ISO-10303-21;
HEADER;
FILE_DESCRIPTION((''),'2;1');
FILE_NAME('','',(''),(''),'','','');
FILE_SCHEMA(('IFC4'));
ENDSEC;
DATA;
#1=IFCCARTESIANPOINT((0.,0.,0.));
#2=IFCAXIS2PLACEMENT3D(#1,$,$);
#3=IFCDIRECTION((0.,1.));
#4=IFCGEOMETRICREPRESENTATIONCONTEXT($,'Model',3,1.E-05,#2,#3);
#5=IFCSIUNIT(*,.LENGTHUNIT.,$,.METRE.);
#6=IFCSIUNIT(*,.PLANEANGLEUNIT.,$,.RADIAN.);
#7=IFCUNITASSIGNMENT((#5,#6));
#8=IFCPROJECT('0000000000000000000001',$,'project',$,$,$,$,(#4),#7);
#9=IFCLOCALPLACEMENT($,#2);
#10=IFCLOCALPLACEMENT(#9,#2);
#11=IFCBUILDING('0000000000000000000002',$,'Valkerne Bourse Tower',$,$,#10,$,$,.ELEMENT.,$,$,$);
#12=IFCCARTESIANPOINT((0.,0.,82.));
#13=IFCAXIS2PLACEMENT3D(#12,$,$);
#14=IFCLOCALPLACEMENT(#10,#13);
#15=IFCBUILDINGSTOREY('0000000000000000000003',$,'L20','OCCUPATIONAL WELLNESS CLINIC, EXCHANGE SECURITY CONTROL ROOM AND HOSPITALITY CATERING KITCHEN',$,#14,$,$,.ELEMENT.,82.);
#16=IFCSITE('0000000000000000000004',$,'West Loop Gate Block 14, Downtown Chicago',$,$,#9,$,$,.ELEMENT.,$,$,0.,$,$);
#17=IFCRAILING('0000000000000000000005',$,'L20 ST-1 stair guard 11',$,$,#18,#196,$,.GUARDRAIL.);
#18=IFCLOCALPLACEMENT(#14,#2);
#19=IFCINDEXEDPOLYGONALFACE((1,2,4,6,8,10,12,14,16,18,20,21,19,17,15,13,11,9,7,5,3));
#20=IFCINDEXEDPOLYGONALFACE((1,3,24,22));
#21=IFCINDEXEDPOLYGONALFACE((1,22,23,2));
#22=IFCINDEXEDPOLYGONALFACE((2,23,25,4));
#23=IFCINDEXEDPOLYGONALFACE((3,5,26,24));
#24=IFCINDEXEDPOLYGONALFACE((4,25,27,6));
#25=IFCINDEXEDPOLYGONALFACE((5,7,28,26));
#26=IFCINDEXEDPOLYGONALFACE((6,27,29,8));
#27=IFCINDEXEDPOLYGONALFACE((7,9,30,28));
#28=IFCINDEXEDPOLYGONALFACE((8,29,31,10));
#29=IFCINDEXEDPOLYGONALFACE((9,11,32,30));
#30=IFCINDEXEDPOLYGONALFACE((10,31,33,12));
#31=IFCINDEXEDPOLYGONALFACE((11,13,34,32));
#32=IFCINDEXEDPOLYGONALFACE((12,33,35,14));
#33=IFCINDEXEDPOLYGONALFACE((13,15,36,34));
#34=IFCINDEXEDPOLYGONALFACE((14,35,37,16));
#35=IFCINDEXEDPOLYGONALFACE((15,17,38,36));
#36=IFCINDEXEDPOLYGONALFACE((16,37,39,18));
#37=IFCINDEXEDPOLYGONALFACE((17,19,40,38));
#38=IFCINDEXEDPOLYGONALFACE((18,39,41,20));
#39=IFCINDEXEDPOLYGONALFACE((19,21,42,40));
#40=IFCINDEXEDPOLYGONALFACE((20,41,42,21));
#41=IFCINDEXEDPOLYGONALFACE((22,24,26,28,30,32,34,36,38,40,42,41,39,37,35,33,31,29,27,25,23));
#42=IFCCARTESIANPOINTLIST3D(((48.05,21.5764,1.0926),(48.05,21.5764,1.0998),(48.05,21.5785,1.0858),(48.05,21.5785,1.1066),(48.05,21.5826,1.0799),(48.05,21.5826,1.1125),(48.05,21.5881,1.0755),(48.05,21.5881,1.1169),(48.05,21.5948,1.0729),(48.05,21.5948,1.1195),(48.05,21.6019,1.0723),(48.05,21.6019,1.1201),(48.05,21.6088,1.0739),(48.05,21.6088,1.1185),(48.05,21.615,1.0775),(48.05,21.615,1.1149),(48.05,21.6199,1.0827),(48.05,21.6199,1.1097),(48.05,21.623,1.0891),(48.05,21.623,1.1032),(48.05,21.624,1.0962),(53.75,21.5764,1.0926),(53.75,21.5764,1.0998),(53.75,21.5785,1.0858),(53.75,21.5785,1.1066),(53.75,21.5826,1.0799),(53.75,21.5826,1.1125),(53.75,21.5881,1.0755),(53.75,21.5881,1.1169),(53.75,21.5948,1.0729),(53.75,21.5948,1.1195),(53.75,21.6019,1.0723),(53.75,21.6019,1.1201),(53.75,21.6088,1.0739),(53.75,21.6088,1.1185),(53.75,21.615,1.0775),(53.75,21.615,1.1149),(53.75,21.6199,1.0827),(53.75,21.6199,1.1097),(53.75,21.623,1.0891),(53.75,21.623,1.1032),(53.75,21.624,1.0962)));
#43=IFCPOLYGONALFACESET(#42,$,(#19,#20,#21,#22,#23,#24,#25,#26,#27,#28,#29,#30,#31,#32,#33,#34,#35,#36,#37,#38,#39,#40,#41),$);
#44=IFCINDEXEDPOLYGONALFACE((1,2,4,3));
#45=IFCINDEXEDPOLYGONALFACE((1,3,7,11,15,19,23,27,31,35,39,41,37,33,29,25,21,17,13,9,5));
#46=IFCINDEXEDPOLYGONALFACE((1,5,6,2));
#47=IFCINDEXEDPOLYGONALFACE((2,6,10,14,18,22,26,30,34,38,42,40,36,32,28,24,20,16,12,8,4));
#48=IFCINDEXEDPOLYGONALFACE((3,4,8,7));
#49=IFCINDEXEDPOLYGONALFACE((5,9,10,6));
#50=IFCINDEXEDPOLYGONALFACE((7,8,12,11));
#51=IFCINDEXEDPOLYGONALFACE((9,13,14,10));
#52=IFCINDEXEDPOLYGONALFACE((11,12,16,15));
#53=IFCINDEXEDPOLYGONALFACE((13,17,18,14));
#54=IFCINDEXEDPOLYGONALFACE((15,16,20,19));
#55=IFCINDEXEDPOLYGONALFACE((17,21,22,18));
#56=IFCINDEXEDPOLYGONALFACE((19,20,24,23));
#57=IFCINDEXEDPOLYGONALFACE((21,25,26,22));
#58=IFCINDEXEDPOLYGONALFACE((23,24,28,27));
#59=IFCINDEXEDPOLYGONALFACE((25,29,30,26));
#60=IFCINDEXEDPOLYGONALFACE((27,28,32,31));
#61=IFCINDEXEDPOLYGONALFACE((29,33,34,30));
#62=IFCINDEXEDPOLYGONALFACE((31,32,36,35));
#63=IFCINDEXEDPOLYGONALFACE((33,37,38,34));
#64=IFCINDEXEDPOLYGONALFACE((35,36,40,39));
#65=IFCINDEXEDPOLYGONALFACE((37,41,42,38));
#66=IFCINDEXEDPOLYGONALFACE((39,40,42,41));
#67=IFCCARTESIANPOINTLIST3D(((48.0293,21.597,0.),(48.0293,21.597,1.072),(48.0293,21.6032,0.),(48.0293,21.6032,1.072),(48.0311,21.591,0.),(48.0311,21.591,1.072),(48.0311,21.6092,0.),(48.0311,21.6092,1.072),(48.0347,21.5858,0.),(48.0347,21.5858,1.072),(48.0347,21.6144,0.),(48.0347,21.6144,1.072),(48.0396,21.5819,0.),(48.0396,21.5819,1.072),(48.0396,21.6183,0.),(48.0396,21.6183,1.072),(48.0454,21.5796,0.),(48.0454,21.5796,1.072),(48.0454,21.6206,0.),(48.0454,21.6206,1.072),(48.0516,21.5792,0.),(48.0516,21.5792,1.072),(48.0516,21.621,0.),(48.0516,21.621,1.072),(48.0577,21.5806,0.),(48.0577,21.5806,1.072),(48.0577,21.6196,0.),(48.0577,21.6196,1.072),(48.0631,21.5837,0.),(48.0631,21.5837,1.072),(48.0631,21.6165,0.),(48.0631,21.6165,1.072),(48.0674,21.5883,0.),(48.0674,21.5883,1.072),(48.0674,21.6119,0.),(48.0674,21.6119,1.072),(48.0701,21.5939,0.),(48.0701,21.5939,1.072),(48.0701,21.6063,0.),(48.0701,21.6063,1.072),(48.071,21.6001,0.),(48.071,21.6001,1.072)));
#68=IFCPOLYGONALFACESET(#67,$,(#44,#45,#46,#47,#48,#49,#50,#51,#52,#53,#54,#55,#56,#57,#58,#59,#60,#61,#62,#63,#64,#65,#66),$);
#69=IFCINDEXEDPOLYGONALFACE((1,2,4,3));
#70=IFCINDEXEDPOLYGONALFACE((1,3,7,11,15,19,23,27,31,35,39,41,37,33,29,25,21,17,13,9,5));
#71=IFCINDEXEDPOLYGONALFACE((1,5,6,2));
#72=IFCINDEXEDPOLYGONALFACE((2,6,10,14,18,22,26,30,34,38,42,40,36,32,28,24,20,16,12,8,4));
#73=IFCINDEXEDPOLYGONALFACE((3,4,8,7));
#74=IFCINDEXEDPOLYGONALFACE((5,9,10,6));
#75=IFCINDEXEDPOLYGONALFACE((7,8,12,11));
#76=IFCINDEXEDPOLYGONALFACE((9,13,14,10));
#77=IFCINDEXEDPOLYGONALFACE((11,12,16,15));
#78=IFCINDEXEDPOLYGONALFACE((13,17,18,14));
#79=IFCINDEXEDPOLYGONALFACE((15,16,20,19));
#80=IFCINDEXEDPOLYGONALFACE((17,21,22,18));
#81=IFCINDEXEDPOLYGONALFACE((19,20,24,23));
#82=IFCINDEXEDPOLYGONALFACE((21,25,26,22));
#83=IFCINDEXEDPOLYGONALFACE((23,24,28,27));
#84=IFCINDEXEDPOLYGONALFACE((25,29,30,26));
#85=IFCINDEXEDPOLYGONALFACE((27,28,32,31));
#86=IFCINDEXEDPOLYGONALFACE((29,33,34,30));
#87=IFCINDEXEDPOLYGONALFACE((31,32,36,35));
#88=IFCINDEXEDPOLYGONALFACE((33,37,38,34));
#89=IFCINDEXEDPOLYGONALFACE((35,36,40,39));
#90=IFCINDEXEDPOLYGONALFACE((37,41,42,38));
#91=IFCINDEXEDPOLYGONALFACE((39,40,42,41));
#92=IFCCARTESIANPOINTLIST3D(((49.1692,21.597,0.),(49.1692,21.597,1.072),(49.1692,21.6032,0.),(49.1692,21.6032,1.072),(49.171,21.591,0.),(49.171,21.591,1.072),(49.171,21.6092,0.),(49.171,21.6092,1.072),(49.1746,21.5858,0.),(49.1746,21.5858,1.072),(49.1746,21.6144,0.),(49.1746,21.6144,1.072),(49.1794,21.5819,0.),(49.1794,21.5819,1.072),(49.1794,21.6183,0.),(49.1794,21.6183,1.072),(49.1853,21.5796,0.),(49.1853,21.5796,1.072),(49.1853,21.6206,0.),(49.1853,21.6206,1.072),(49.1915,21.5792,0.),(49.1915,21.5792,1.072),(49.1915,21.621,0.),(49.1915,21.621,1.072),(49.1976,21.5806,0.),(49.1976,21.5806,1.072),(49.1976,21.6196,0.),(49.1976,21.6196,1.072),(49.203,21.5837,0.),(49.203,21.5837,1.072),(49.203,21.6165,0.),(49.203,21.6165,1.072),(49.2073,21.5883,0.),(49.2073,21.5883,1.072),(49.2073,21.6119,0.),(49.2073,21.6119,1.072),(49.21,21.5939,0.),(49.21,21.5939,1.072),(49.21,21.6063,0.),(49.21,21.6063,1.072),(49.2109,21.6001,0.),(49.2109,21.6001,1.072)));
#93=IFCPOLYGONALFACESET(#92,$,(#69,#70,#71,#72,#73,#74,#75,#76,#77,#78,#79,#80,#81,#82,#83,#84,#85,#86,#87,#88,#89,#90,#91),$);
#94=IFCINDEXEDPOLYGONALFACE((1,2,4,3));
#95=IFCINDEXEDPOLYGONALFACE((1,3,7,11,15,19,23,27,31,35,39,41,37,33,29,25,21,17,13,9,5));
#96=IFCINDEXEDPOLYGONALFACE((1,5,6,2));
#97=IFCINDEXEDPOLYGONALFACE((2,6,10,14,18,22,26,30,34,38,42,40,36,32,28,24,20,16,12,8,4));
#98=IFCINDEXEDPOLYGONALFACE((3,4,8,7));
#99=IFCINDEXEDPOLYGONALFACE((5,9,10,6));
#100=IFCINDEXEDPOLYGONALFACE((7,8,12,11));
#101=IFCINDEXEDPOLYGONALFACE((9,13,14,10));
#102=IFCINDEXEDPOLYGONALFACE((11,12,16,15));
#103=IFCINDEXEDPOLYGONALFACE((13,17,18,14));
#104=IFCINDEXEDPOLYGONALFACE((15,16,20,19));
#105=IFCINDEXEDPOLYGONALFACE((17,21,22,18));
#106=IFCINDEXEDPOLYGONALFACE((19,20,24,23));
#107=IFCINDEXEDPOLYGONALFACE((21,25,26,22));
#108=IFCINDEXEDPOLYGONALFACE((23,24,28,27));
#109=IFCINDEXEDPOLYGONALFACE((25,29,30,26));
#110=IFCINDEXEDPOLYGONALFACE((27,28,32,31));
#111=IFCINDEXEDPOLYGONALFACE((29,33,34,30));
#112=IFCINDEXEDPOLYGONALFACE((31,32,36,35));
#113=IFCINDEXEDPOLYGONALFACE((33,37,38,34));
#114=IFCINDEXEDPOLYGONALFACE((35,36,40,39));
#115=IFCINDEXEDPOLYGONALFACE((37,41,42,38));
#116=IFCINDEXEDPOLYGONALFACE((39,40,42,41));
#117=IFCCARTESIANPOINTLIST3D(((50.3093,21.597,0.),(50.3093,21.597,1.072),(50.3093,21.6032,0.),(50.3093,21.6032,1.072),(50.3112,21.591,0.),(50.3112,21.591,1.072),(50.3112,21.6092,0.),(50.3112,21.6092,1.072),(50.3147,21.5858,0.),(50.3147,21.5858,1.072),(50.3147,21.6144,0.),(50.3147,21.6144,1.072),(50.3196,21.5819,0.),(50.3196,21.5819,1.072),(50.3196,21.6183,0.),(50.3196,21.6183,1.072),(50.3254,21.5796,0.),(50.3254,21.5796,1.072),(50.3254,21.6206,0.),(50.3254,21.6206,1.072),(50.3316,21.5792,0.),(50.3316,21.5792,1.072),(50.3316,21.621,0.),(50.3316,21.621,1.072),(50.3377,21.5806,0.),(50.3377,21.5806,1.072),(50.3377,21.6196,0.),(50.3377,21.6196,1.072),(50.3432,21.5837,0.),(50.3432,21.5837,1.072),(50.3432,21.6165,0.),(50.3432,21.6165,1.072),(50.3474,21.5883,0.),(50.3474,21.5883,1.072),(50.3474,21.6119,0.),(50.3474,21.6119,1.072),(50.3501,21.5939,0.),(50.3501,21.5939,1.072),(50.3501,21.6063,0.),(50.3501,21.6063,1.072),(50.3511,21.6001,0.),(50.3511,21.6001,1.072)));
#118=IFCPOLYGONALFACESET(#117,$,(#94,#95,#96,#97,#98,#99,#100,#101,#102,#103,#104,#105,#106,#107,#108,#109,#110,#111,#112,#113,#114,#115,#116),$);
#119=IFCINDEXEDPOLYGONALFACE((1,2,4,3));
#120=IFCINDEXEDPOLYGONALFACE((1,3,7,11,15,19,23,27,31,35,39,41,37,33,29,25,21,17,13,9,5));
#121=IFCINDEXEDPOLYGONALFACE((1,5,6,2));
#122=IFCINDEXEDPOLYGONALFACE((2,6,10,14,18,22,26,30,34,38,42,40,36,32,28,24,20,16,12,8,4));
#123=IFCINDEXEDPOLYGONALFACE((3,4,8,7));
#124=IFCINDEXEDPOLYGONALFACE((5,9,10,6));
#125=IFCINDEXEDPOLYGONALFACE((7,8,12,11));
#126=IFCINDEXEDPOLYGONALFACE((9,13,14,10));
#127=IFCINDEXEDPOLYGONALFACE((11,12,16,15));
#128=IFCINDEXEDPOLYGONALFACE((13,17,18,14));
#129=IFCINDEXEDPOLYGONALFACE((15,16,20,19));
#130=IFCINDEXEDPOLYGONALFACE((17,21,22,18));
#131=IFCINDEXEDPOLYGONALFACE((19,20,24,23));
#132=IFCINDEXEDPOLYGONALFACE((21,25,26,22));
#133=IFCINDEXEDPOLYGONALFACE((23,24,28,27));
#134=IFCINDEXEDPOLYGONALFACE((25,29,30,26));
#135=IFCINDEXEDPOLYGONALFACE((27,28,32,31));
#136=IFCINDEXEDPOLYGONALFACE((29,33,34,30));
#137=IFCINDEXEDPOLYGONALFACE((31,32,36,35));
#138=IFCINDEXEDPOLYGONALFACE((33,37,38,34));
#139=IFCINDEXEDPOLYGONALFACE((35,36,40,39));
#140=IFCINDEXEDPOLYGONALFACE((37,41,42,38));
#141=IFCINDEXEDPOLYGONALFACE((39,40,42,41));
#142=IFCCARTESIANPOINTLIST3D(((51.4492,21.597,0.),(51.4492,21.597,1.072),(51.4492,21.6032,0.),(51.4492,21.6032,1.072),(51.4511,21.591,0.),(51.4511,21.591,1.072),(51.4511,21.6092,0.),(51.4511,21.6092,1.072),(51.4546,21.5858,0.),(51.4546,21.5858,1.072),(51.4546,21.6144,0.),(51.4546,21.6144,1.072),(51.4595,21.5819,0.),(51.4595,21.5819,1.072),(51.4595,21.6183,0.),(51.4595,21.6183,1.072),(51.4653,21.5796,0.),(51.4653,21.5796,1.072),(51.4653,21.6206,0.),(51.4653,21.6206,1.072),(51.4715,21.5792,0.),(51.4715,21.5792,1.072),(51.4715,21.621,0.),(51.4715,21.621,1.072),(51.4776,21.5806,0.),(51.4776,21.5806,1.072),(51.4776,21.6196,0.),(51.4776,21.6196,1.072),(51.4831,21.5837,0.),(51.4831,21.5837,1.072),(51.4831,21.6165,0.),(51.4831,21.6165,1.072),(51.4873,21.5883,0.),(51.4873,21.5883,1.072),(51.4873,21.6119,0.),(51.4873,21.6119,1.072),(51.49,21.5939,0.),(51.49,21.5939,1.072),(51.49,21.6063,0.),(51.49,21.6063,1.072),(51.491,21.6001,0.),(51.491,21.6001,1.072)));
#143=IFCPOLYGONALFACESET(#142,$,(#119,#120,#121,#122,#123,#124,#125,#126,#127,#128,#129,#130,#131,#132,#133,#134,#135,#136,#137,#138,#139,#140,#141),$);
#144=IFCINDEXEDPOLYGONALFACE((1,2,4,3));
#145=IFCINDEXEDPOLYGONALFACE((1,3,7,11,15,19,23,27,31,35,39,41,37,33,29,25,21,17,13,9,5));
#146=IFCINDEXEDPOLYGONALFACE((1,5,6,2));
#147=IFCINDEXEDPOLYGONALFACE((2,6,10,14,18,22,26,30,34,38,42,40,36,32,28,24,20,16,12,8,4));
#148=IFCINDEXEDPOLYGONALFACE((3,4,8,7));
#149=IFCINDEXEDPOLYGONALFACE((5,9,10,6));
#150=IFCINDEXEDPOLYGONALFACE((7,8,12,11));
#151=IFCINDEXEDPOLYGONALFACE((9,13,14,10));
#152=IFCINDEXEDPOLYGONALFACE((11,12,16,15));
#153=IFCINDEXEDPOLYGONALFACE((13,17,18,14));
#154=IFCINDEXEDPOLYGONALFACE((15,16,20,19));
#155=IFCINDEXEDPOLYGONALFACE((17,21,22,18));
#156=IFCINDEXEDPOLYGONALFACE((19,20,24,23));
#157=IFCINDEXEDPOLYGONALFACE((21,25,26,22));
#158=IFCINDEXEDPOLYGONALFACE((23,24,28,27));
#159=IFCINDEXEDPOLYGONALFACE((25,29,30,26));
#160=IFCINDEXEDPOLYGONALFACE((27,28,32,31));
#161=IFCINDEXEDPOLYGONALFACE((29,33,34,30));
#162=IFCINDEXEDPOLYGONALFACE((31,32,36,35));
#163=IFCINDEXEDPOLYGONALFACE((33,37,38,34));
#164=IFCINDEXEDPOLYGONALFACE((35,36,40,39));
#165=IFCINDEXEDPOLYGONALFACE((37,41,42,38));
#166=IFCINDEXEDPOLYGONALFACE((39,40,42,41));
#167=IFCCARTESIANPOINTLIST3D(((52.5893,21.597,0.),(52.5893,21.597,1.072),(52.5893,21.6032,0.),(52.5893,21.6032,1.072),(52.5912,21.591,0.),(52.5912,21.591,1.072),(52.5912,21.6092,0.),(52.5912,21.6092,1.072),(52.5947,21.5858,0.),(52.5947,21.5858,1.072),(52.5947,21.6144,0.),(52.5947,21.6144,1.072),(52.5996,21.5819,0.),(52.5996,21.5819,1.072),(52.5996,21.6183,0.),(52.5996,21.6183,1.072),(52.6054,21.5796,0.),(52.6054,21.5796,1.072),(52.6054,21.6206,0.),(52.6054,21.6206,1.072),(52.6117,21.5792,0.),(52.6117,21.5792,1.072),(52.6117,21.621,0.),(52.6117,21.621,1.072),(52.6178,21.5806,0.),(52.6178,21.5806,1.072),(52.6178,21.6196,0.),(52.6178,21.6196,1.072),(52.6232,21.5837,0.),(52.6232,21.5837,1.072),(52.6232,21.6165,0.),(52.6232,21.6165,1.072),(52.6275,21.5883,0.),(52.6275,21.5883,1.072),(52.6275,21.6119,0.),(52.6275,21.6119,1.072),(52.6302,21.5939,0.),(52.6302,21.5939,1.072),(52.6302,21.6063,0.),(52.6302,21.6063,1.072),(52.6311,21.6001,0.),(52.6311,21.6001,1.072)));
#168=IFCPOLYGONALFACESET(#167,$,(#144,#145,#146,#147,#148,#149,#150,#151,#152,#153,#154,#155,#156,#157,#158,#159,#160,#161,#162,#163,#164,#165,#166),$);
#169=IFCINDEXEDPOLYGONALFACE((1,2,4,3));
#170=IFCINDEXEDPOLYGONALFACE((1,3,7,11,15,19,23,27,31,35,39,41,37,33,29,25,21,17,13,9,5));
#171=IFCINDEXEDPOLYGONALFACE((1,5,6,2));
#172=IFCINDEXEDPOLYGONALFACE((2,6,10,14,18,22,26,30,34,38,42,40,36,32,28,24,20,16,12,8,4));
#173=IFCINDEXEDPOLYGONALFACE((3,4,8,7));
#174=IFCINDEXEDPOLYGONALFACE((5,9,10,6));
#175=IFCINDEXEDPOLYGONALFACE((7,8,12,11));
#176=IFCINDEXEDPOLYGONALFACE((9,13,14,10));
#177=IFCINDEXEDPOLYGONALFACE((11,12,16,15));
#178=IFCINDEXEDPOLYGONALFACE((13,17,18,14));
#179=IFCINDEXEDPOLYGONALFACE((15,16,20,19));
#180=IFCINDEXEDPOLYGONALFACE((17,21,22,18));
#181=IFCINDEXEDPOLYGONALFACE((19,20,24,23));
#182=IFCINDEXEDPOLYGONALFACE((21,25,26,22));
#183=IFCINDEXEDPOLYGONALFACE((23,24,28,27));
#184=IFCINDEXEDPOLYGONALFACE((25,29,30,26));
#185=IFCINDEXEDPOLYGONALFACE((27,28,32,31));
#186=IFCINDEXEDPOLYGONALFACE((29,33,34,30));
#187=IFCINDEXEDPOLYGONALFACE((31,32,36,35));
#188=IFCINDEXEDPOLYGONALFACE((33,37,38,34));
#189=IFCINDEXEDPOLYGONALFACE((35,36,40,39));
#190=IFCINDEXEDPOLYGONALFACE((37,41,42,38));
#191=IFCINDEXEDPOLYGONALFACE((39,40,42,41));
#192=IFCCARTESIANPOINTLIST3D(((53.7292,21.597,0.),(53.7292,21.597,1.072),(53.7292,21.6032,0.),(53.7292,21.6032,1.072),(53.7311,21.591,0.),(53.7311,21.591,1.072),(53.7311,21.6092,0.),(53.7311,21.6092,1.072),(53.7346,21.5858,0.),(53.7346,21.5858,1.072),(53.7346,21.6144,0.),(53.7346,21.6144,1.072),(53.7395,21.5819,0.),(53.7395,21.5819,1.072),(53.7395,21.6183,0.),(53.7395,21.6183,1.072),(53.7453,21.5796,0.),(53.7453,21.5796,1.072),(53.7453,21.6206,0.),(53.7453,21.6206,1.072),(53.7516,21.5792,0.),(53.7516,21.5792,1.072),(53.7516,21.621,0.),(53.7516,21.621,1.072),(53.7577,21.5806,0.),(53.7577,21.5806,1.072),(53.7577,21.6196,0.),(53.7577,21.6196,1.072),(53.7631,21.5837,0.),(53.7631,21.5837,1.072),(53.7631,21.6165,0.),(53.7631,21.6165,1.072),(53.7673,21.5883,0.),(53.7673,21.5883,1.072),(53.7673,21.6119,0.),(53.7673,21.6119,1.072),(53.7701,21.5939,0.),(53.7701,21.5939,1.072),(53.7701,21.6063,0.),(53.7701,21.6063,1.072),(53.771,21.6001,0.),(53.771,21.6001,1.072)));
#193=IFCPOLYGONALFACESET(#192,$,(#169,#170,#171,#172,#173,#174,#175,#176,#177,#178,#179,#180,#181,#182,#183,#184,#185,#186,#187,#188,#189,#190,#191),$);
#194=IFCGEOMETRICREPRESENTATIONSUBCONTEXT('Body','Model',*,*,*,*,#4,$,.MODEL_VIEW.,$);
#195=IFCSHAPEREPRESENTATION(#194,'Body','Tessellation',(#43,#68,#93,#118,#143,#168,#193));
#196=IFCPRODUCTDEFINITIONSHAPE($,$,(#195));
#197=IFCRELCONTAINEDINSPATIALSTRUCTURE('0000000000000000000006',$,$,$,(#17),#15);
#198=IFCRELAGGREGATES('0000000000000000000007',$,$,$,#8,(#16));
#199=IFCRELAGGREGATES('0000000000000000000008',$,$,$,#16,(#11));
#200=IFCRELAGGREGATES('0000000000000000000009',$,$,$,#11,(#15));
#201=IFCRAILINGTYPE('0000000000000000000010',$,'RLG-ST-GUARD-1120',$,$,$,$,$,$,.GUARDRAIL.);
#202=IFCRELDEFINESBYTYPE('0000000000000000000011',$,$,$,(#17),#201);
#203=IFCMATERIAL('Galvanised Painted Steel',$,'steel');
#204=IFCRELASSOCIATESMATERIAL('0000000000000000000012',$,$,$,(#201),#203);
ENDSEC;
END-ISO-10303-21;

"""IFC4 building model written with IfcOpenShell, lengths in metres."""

from ifc_helpers import new_model, si_unit, direction, frame, origin, origin_2d, place, context, subcontext, project, spatial, circle, extrude, material, type_object, element, save


model = new_model("IFC4")

# Units and contexts
model_context = context("Model", 3, precision=1e-05, world=origin(), true_north=direction((0.0, 1.0)))
body_context = subcontext(model_context, "Body", "Model", "MODEL_VIEW")
ifc_project = project(units=[si_unit("LENGTHUNIT", "METRE"), si_unit("PLANEANGLEUNIT", "RADIAN")], contexts=[model_context])

# Site, building, storey
site_placement = place(None, origin())
site = spatial("IfcSite", under=ifc_project, at=site_placement, Name="West Loop Gate Block 14, Downtown Chicago", CompositionType="ELEMENT", RefElevation=0.0)
building_placement = place(site_placement, origin())
building = spatial("IfcBuilding", under=site, at=building_placement, Name="Valkerne Bourse Tower", CompositionType="ELEMENT")
storey_placement = place(building_placement, frame((0.0, 0.0, 82.0)))
storey = spatial("IfcBuildingStorey", under=building, at=storey_placement, Name="L20", Description="OCCUPATIONAL WELLNESS CLINIC, EXCHANGE SECURITY CONTROL ROOM AND HOSPITALITY CATERING KITCHEN", CompositionType="ELEMENT", Elevation=82.0)

# Shared definitions
ifc_material_1 = material(Name="Galvanised Painted Steel", Category="steel")

# Railing
railing_type_1 = type_object("IfcRailingType", Name="RLG-ST-GUARD-1120", PredefinedType="GUARDRAIL", material=ifc_material_1)
railing_1_placement = place(storey_placement, frame((48.05, 21.6001, 0.0)))
element("IfcRailing", 1, at=railing_1_placement, inside=storey, type_object=railing_type_1, Name="L20 ST-1 stair guard 11", PredefinedType="GUARDRAIL", context=body_context, shape_type="SweptSolid", body=[
    extrude(circle(Radius=0.0239, at=origin_2d()), frame((0.0, 0.0, 1.0962), z_axis=(1.0, 0.0, 0.0), x_axis=(0.0, 1.0, 0.0)), (0.0, 0.0, 1.0), 5.7),
    extrude(circle(Radius=0.021, at=origin_2d()), origin(), (0.0, 0.0, 1.0), 1.072),
    extrude(circle(Radius=0.021, at=origin_2d()), frame((1.1399, 0.0, 0.0)), (0.0, 0.0, 1.0), 1.072),
    extrude(circle(Radius=0.021, at=origin_2d()), frame((2.28, 0.0, 0.0)), (0.0, 0.0, 1.0), 1.072),
    extrude(circle(Radius=0.021, at=origin_2d()), frame((3.4199, 0.0, 0.0)), (0.0, 0.0, 1.0), 1.072),
    extrude(circle(Radius=0.021, at=origin_2d()), frame((4.5601, 0.0, 0.0)), (0.0, 0.0, 1.0), 1.072),
    extrude(circle(Radius=0.021, at=origin_2d()), frame((5.7, 0.0, 0.0)), (0.0, 0.0, 1.0), 1.072),
])

save(model, "model.ifc")
